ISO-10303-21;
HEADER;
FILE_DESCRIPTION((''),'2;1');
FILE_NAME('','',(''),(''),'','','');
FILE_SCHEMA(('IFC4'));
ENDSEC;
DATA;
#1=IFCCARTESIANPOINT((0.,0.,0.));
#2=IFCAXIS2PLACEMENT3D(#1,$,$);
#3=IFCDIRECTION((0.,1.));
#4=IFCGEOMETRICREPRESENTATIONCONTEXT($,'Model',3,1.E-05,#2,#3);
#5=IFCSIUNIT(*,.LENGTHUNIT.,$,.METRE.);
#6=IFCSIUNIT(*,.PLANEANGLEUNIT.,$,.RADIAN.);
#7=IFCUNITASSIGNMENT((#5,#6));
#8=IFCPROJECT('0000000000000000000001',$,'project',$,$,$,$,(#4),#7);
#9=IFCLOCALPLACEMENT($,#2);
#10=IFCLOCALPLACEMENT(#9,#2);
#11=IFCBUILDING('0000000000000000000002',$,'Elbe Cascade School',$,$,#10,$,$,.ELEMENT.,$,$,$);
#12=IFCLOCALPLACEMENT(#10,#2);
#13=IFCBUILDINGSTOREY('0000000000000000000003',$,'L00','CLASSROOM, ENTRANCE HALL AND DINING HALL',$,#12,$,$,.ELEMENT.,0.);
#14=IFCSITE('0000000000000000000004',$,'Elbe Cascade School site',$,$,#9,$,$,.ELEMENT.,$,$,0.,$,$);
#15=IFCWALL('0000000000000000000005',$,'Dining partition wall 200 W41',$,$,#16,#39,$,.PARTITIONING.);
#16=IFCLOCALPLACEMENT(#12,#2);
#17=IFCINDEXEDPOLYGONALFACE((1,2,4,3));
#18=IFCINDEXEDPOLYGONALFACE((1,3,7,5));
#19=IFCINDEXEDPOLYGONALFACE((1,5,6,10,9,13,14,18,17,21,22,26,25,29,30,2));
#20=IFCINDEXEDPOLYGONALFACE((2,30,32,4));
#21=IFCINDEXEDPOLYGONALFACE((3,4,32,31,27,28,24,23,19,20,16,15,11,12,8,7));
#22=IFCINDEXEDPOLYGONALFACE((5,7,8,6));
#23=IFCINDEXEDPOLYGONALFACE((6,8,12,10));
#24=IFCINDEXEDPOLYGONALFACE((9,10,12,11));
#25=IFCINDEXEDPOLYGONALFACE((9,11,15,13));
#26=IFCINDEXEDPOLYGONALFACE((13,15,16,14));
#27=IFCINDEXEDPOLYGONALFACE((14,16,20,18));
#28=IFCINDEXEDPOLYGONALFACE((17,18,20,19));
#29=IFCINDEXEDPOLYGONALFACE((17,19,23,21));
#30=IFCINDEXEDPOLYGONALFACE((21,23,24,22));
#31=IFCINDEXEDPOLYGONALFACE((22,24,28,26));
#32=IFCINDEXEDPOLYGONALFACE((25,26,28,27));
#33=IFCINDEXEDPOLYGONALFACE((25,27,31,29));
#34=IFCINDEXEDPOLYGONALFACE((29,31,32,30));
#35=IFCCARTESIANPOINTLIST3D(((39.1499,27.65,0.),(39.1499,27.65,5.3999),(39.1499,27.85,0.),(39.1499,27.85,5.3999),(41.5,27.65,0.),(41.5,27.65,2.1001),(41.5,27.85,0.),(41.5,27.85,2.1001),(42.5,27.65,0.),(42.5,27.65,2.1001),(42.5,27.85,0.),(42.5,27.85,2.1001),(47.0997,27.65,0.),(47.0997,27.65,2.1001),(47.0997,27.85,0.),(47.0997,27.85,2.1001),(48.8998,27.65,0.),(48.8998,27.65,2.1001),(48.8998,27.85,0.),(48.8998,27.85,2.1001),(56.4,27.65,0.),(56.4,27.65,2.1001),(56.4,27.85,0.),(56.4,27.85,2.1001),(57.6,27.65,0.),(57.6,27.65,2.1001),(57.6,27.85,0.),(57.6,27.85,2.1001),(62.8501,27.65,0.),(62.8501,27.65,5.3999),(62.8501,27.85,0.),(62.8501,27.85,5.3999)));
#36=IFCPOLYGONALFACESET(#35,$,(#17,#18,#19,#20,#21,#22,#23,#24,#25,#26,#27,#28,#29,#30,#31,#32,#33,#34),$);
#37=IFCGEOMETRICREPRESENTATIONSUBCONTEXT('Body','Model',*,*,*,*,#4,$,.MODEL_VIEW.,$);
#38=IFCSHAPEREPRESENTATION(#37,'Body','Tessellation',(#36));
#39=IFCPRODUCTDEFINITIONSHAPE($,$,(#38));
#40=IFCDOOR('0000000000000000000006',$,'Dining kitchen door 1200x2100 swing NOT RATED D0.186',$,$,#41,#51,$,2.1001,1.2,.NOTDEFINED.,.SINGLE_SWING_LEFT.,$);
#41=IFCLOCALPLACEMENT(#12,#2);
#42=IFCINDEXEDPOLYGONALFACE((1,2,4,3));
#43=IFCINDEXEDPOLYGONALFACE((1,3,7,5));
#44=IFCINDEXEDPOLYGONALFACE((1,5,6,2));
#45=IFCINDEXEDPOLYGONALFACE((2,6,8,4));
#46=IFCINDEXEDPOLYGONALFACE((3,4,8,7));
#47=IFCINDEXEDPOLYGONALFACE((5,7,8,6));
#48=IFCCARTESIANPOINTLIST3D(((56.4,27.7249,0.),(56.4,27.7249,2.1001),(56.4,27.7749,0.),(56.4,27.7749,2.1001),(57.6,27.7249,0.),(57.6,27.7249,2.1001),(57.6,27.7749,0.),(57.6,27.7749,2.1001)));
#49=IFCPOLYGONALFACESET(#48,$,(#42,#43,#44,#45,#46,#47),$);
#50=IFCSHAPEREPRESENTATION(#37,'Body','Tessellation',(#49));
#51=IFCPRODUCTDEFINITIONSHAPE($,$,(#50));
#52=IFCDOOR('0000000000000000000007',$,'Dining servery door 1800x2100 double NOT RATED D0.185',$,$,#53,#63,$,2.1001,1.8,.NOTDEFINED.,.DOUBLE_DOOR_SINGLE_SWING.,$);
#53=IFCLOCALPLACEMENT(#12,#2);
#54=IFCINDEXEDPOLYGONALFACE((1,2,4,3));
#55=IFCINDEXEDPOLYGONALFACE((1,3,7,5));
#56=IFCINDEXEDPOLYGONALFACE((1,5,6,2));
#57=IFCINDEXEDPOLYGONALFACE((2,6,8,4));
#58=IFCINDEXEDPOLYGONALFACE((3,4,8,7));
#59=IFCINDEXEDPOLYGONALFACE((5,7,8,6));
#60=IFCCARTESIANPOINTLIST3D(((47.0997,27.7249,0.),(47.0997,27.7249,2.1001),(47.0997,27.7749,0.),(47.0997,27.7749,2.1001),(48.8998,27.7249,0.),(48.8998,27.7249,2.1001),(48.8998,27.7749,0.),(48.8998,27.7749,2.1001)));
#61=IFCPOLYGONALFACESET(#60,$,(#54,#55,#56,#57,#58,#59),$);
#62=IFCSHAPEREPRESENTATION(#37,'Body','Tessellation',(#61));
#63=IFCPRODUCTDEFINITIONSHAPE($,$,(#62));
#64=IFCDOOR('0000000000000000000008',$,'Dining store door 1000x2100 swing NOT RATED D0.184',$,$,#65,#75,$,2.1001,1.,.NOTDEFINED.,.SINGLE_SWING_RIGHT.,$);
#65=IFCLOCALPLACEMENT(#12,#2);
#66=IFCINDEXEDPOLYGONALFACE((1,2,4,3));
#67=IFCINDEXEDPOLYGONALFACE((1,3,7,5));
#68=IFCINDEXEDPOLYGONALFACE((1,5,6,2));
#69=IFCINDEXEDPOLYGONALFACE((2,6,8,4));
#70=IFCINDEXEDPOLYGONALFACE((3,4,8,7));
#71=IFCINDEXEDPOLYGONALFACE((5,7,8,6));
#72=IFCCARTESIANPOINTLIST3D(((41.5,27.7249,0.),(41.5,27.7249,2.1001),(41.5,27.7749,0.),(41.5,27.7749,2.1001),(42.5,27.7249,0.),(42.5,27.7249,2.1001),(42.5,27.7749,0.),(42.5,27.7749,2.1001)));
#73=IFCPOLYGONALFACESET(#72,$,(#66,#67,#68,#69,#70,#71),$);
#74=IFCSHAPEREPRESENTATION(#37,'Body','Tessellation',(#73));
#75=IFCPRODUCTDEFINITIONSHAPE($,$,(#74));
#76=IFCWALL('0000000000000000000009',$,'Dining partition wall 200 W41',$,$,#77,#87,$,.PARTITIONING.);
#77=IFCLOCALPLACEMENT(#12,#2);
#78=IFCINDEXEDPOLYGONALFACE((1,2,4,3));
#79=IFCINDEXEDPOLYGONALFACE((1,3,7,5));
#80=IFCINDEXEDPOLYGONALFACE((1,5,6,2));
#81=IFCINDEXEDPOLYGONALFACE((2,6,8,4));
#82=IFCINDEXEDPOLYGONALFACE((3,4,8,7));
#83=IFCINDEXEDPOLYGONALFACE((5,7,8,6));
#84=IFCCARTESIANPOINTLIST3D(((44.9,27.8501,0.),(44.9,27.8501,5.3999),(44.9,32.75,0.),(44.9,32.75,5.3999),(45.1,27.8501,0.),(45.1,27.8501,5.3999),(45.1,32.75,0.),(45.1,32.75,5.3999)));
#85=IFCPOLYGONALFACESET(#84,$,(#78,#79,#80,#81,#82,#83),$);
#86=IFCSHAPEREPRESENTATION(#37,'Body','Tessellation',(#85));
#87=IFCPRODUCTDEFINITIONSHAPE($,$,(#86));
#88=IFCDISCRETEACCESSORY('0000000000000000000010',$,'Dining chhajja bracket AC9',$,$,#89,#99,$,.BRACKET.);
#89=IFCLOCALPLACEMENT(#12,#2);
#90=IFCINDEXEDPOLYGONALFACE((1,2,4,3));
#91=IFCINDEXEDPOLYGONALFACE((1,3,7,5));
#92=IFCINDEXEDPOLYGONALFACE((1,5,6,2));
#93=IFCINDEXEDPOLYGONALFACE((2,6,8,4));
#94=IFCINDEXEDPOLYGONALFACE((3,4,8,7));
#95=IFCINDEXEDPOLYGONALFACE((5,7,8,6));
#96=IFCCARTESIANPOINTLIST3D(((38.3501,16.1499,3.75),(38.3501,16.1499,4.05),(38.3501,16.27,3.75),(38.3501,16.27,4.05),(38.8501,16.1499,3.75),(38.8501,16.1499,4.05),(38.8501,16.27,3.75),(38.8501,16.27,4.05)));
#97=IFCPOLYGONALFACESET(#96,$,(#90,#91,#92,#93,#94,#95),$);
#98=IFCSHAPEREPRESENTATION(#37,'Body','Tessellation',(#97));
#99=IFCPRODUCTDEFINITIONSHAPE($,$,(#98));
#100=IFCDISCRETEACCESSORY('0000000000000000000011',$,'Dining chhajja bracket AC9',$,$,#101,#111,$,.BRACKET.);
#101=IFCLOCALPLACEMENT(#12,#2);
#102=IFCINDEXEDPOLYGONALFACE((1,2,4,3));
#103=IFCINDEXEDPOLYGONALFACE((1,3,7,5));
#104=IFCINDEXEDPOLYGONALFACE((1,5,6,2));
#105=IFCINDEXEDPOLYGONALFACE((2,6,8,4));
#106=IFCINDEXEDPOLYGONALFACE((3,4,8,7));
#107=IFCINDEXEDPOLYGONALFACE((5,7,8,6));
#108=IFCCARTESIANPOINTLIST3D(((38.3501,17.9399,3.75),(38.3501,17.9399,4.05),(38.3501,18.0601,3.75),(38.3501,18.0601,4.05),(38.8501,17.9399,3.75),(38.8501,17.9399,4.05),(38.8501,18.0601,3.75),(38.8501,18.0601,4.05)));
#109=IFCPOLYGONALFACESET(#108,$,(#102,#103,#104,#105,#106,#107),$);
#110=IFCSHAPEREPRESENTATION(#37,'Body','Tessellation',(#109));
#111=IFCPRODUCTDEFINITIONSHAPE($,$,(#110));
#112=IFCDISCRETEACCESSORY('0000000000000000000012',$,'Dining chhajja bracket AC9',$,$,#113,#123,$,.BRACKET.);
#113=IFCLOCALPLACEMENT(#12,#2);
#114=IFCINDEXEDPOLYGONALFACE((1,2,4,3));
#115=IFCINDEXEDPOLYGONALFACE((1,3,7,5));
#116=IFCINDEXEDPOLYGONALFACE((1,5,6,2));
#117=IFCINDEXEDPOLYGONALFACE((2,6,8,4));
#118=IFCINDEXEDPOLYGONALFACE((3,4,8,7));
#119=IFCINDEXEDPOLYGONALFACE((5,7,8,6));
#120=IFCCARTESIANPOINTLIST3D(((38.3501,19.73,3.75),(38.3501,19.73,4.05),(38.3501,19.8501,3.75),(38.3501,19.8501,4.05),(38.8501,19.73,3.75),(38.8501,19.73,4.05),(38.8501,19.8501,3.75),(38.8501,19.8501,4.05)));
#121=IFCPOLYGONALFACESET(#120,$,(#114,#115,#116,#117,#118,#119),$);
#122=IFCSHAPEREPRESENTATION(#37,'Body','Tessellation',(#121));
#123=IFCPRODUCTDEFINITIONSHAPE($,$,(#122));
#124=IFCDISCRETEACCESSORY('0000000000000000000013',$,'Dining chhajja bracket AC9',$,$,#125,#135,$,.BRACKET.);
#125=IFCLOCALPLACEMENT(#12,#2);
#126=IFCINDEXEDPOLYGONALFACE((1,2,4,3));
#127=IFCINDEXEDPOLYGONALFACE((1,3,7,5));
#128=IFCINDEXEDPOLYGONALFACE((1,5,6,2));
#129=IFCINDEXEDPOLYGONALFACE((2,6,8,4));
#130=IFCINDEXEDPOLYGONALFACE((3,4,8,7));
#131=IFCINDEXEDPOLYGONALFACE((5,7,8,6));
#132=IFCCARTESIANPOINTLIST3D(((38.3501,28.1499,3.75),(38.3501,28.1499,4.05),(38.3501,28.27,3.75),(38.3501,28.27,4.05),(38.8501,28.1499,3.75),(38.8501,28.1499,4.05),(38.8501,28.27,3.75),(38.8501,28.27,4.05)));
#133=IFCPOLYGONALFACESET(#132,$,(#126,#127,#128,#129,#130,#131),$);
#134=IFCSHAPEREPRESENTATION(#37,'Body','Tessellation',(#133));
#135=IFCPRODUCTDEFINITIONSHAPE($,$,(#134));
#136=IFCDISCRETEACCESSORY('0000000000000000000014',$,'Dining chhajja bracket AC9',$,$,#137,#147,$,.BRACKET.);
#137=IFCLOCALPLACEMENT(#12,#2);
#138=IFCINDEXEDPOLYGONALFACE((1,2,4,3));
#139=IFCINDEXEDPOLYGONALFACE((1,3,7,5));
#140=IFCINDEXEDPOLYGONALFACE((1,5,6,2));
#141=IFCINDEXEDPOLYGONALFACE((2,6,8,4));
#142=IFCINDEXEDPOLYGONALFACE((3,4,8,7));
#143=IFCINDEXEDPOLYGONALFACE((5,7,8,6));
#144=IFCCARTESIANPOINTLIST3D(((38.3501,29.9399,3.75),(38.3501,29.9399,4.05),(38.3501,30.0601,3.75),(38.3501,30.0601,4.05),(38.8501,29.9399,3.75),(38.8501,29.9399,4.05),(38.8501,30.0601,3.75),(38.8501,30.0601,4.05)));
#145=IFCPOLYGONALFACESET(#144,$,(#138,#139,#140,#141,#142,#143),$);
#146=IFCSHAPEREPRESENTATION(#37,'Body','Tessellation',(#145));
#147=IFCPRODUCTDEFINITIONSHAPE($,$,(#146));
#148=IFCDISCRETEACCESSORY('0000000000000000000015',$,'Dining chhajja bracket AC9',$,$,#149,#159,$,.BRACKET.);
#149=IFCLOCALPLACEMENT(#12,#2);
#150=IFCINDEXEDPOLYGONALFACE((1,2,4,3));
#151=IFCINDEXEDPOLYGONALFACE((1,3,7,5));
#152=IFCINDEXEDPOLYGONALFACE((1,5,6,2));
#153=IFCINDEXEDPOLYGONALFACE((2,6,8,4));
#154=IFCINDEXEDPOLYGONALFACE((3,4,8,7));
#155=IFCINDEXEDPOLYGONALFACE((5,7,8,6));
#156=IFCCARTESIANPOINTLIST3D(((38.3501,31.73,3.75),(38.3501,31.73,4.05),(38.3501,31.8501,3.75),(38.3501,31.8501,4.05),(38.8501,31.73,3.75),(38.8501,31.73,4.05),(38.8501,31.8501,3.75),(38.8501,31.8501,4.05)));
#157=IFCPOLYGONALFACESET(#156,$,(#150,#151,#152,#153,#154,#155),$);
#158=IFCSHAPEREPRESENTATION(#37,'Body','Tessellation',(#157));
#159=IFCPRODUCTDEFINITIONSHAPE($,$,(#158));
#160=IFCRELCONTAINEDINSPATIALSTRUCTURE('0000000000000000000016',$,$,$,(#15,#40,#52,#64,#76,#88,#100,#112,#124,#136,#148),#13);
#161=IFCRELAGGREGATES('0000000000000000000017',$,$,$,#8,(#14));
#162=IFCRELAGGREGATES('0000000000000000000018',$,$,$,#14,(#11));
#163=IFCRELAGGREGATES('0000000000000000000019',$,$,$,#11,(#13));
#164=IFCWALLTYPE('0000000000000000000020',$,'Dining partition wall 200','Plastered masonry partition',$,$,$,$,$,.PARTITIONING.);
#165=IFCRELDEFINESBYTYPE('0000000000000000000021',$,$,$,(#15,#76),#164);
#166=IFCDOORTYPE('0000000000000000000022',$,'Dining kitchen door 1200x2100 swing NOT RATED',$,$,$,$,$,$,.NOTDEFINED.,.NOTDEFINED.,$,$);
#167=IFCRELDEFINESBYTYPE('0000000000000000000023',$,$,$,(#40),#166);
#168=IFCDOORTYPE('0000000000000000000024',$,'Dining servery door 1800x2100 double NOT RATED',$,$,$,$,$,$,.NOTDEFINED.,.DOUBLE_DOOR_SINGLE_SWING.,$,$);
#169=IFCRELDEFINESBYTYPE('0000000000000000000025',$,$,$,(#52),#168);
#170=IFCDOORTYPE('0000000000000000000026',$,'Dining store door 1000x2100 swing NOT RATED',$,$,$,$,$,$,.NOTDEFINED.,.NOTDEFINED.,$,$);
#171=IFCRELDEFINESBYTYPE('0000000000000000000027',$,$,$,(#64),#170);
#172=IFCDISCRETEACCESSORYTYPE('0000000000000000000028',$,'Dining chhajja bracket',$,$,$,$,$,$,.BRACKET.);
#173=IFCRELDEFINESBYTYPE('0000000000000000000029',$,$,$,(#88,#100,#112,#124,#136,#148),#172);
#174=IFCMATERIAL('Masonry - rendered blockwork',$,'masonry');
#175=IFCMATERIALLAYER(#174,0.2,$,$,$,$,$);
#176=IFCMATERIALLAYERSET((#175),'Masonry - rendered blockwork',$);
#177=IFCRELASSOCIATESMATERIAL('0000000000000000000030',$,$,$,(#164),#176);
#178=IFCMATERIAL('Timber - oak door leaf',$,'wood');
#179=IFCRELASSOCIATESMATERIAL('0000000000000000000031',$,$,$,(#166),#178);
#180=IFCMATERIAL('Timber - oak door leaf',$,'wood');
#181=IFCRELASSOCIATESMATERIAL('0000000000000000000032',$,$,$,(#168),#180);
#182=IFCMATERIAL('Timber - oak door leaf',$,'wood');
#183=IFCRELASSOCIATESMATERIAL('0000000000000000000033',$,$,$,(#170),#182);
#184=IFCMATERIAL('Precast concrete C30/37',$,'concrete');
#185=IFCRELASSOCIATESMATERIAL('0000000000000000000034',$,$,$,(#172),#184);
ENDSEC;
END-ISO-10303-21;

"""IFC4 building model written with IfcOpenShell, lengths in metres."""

from ifc_helpers import new_model, si_unit, direction, frame, frame_2d, origin, origin_2d, place, context, subcontext, project, spatial, rectangle, extrude, material, layer, layer_set, type_object, element, fill, save


model = new_model("IFC4")

# Units and contexts
model_context = context("Model", 3, precision=1e-05, world=origin(), true_north=direction((0.0, 1.0)))
body_context = subcontext(model_context, "Body", "Model", "MODEL_VIEW")
ifc_project = project(units=[si_unit("LENGTHUNIT", "METRE"), si_unit("PLANEANGLEUNIT", "RADIAN")], contexts=[model_context])

# Site, building, storey
site_placement = place(None, origin())
site = spatial("IfcSite", under=ifc_project, at=site_placement, Name="Elbe Cascade School site", CompositionType="ELEMENT", RefElevation=0.0)
building_placement = place(site_placement, origin())
building = spatial("IfcBuilding", under=site, at=building_placement, Name="Elbe Cascade School", CompositionType="ELEMENT")
storey_placement = place(building_placement, origin())
storey = spatial("IfcBuildingStorey", under=building, at=storey_placement, Name="L00", Description="CLASSROOM, ENTRANCE HALL AND DINING HALL", CompositionType="ELEMENT", Elevation=0.0)

# Wall, openings, doors
ifc_material_1 = material(Name="Masonry - rendered blockwork", Category="masonry")
ifc_layer_1 = layer(ifc_material_1, 0.2)
ifc_layer_set_1 = layer_set([ifc_layer_1], Name="Masonry - rendered blockwork")
wall_type_1 = type_object("IfcWallType", Name="Dining partition wall 200", Description="Plastered masonry partition", PredefinedType="PARTITIONING", material=ifc_layer_set_1)
wall_1_placement = place(storey_placement, frame((39.1499, 27.75, 0.0), z_axis=(0.0, 0.0, 1.0), x_axis=(1.0, 0.0, 0.0)))
wall_1 = element("IfcWall", 1, at=wall_1_placement, inside=storey, type_object=wall_type_1, Name="Dining partition wall 200 W41", PredefinedType="PARTITIONING", context=body_context, shape_type="SweptSolid", body=[
    extrude(rectangle(XDim=23.7002, YDim=0.2, at=frame_2d((11.8501, 0.0))), origin(), (0.0, 0.0, 1.0), 5.3999),
])
opening_1_placement = place(wall_1_placement, frame((2.3501, 0.0, 0.0)))
opening_1 = element("IfcOpeningElement", 2, at=opening_1_placement, cuts=wall_1, PredefinedType="OPENING", context=body_context, shape_type="SweptSolid", body=[
    extrude(rectangle(XDim=1.0, YDim=2.1001, at=frame_2d((0.5, 1.05))), frame((0.0, 0.1099, 0.0), z_axis=(0.0, -1.0, 0.0), x_axis=(1.0, 0.0, 0.0)), (0.0, 0.0, 1.0), 0.22),
])
opening_2_placement = place(wall_1_placement, frame((7.95, 0.0, 0.0)))
opening_2 = element("IfcOpeningElement", 3, at=opening_2_placement, cuts=wall_1, PredefinedType="OPENING", context=body_context, shape_type="SweptSolid", body=[
    extrude(rectangle(XDim=1.8, YDim=2.1001, at=frame_2d((0.8999, 1.05))), frame((0.0, 0.1099, 0.0), z_axis=(0.0, -1.0, 0.0), x_axis=(1.0, 0.0, 0.0)), (0.0, 0.0, 1.0), 0.22),
])
opening_3_placement = place(wall_1_placement, frame((17.25, 0.0, 0.0)))
opening_3 = element("IfcOpeningElement", 4, at=opening_3_placement, cuts=wall_1, PredefinedType="OPENING", context=body_context, shape_type="SweptSolid", body=[
    extrude(rectangle(XDim=1.2, YDim=2.1001, at=frame_2d((0.6001, 1.05))), frame((0.0, 0.1099, 0.0), z_axis=(0.0, -1.0, 0.0), x_axis=(1.0, 0.0, 0.0)), (0.0, 0.0, 1.0), 0.22),
])
ifc_material_2 = material(Name="Timber - oak door leaf", Category="wood")
door_type_1 = type_object("IfcDoorType", Name="Dining kitchen door 1200x2100 swing NOT RATED", OperationType="NOTDEFINED", PredefinedType="NOTDEFINED", material=ifc_material_2)
door_1_placement = place(opening_3_placement, origin())
door_1 = element("IfcDoor", 5, at=door_1_placement, inside=storey, type_object=door_type_1, Name="Dining kitchen door 1200x2100 swing NOT RATED D0.186", OperationType="SINGLE_SWING_LEFT", OverallHeight=2.1001, OverallWidth=1.2, PredefinedType="NOTDEFINED", context=body_context, shape_type="SweptSolid", body=[
    extrude(rectangle(XDim=1.2, YDim=2.1001, at=frame_2d((0.6001, 1.05))), frame((0.0, 0.0249, 0.0), z_axis=(0.0, -1.0, 0.0), x_axis=(1.0, 0.0, 0.0)), (0.0, 0.0, 1.0), 0.05),
])
fill(opening_3, door_1)
ifc_material_3 = material(Name="Timber - oak door leaf", Category="wood")
door_type_2 = type_object("IfcDoorType", Name="Dining servery door 1800x2100 double NOT RATED", OperationType="DOUBLE_DOOR_SINGLE_SWING", PredefinedType="NOTDEFINED", material=ifc_material_3)
door_2_placement = place(opening_2_placement, origin())
door_2 = element("IfcDoor", 6, at=door_2_placement, inside=storey, type_object=door_type_2, Name="Dining servery door 1800x2100 double NOT RATED D0.185", OperationType="DOUBLE_DOOR_SINGLE_SWING", OverallHeight=2.1001, OverallWidth=1.8, PredefinedType="NOTDEFINED", context=body_context, shape_type="SweptSolid", body=[
    extrude(rectangle(XDim=1.8, YDim=2.1001, at=frame_2d((0.8999, 1.05))), frame((0.0, 0.0249, 0.0), z_axis=(0.0, -1.0, 0.0), x_axis=(1.0, 0.0, 0.0)), (0.0, 0.0, 1.0), 0.05),
])
fill(opening_2, door_2)
ifc_material_4 = material(Name="Timber - oak door leaf", Category="wood")
door_type_3 = type_object("IfcDoorType", Name="Dining store door 1000x2100 swing NOT RATED", OperationType="NOTDEFINED", PredefinedType="NOTDEFINED", material=ifc_material_4)
door_3_placement = place(opening_1_placement, origin())
door_3 = element("IfcDoor", 7, at=door_3_placement, inside=storey, type_object=door_type_3, Name="Dining store door 1000x2100 swing NOT RATED D0.184", OperationType="SINGLE_SWING_RIGHT", OverallHeight=2.1001, OverallWidth=1.0, PredefinedType="NOTDEFINED", context=body_context, shape_type="SweptSolid", body=[
    extrude(rectangle(XDim=1.0, YDim=2.1001, at=frame_2d((0.5, 1.05))), frame((0.0, 0.0249, 0.0), z_axis=(0.0, -1.0, 0.0), x_axis=(1.0, 0.0, 0.0)), (0.0, 0.0, 1.0), 0.05),
])
fill(opening_1, door_3)

# Wall
wall_2_placement = place(storey_placement, frame((45.0, 27.8501, 0.0), z_axis=(0.0, 0.0, 1.0), x_axis=(0.0, 1.0, 0.0)))
element("IfcWall", 8, at=wall_2_placement, inside=storey, type_object=wall_type_1, Name="Dining partition wall 200 W41", PredefinedType="PARTITIONING", context=body_context, shape_type="SweptSolid", body=[
    extrude(rectangle(XDim=4.8999, YDim=0.2, at=frame_2d((2.45, 0.0))), origin(), (0.0, 0.0, 1.0), 5.3999),
])

# Discrete accessories
ifc_material_5 = material(Name="Precast concrete C30/37", Category="concrete")
discrete_accessory_type = type_object("IfcDiscreteAccessoryType", Name="Dining chhajja bracket", PredefinedType="BRACKET", material=ifc_material_5)
for number, where, z_axis, x_axis, name in (
    (9, (38.6001, 16.21, 3.75), (0.0, 0.0, 1.0), (1.0, 0.0, 0.0), "Dining chhajja bracket AC9"),
    (10, (38.6001, 18.0, 3.75), (0.0, 0.0, 1.0), (1.0, 0.0, 0.0), "Dining chhajja bracket AC9"),
    (11, (38.6001, 19.79, 3.75), (0.0, 0.0, 1.0), (1.0, 0.0, 0.0), "Dining chhajja bracket AC9"),
    (12, (38.6001, 28.21, 3.75), (0.0, 0.0, 1.0), (1.0, 0.0, 0.0), "Dining chhajja bracket AC9"),
    (13, (38.6001, 30.0, 3.75), (0.0, 0.0, 1.0), (1.0, 0.0, 0.0), "Dining chhajja bracket AC9"),
    (14, (38.6001, 31.79, 3.75), (0.0, 0.0, 1.0), (1.0, 0.0, 0.0), "Dining chhajja bracket AC9"),
):
    element("IfcDiscreteAccessory", number, at=place(storey_placement, frame(where, z_axis=z_axis, x_axis=x_axis)), inside=storey, type_object=discrete_accessory_type, Name=name, PredefinedType="BRACKET", context=body_context, shape_type="SweptSolid", body=[
        extrude(rectangle(XDim=0.5, YDim=0.1201, at=origin_2d()), origin(), (0.0, 0.0, 1.0), 0.3),
    ])

save(model, "model.ifc")
